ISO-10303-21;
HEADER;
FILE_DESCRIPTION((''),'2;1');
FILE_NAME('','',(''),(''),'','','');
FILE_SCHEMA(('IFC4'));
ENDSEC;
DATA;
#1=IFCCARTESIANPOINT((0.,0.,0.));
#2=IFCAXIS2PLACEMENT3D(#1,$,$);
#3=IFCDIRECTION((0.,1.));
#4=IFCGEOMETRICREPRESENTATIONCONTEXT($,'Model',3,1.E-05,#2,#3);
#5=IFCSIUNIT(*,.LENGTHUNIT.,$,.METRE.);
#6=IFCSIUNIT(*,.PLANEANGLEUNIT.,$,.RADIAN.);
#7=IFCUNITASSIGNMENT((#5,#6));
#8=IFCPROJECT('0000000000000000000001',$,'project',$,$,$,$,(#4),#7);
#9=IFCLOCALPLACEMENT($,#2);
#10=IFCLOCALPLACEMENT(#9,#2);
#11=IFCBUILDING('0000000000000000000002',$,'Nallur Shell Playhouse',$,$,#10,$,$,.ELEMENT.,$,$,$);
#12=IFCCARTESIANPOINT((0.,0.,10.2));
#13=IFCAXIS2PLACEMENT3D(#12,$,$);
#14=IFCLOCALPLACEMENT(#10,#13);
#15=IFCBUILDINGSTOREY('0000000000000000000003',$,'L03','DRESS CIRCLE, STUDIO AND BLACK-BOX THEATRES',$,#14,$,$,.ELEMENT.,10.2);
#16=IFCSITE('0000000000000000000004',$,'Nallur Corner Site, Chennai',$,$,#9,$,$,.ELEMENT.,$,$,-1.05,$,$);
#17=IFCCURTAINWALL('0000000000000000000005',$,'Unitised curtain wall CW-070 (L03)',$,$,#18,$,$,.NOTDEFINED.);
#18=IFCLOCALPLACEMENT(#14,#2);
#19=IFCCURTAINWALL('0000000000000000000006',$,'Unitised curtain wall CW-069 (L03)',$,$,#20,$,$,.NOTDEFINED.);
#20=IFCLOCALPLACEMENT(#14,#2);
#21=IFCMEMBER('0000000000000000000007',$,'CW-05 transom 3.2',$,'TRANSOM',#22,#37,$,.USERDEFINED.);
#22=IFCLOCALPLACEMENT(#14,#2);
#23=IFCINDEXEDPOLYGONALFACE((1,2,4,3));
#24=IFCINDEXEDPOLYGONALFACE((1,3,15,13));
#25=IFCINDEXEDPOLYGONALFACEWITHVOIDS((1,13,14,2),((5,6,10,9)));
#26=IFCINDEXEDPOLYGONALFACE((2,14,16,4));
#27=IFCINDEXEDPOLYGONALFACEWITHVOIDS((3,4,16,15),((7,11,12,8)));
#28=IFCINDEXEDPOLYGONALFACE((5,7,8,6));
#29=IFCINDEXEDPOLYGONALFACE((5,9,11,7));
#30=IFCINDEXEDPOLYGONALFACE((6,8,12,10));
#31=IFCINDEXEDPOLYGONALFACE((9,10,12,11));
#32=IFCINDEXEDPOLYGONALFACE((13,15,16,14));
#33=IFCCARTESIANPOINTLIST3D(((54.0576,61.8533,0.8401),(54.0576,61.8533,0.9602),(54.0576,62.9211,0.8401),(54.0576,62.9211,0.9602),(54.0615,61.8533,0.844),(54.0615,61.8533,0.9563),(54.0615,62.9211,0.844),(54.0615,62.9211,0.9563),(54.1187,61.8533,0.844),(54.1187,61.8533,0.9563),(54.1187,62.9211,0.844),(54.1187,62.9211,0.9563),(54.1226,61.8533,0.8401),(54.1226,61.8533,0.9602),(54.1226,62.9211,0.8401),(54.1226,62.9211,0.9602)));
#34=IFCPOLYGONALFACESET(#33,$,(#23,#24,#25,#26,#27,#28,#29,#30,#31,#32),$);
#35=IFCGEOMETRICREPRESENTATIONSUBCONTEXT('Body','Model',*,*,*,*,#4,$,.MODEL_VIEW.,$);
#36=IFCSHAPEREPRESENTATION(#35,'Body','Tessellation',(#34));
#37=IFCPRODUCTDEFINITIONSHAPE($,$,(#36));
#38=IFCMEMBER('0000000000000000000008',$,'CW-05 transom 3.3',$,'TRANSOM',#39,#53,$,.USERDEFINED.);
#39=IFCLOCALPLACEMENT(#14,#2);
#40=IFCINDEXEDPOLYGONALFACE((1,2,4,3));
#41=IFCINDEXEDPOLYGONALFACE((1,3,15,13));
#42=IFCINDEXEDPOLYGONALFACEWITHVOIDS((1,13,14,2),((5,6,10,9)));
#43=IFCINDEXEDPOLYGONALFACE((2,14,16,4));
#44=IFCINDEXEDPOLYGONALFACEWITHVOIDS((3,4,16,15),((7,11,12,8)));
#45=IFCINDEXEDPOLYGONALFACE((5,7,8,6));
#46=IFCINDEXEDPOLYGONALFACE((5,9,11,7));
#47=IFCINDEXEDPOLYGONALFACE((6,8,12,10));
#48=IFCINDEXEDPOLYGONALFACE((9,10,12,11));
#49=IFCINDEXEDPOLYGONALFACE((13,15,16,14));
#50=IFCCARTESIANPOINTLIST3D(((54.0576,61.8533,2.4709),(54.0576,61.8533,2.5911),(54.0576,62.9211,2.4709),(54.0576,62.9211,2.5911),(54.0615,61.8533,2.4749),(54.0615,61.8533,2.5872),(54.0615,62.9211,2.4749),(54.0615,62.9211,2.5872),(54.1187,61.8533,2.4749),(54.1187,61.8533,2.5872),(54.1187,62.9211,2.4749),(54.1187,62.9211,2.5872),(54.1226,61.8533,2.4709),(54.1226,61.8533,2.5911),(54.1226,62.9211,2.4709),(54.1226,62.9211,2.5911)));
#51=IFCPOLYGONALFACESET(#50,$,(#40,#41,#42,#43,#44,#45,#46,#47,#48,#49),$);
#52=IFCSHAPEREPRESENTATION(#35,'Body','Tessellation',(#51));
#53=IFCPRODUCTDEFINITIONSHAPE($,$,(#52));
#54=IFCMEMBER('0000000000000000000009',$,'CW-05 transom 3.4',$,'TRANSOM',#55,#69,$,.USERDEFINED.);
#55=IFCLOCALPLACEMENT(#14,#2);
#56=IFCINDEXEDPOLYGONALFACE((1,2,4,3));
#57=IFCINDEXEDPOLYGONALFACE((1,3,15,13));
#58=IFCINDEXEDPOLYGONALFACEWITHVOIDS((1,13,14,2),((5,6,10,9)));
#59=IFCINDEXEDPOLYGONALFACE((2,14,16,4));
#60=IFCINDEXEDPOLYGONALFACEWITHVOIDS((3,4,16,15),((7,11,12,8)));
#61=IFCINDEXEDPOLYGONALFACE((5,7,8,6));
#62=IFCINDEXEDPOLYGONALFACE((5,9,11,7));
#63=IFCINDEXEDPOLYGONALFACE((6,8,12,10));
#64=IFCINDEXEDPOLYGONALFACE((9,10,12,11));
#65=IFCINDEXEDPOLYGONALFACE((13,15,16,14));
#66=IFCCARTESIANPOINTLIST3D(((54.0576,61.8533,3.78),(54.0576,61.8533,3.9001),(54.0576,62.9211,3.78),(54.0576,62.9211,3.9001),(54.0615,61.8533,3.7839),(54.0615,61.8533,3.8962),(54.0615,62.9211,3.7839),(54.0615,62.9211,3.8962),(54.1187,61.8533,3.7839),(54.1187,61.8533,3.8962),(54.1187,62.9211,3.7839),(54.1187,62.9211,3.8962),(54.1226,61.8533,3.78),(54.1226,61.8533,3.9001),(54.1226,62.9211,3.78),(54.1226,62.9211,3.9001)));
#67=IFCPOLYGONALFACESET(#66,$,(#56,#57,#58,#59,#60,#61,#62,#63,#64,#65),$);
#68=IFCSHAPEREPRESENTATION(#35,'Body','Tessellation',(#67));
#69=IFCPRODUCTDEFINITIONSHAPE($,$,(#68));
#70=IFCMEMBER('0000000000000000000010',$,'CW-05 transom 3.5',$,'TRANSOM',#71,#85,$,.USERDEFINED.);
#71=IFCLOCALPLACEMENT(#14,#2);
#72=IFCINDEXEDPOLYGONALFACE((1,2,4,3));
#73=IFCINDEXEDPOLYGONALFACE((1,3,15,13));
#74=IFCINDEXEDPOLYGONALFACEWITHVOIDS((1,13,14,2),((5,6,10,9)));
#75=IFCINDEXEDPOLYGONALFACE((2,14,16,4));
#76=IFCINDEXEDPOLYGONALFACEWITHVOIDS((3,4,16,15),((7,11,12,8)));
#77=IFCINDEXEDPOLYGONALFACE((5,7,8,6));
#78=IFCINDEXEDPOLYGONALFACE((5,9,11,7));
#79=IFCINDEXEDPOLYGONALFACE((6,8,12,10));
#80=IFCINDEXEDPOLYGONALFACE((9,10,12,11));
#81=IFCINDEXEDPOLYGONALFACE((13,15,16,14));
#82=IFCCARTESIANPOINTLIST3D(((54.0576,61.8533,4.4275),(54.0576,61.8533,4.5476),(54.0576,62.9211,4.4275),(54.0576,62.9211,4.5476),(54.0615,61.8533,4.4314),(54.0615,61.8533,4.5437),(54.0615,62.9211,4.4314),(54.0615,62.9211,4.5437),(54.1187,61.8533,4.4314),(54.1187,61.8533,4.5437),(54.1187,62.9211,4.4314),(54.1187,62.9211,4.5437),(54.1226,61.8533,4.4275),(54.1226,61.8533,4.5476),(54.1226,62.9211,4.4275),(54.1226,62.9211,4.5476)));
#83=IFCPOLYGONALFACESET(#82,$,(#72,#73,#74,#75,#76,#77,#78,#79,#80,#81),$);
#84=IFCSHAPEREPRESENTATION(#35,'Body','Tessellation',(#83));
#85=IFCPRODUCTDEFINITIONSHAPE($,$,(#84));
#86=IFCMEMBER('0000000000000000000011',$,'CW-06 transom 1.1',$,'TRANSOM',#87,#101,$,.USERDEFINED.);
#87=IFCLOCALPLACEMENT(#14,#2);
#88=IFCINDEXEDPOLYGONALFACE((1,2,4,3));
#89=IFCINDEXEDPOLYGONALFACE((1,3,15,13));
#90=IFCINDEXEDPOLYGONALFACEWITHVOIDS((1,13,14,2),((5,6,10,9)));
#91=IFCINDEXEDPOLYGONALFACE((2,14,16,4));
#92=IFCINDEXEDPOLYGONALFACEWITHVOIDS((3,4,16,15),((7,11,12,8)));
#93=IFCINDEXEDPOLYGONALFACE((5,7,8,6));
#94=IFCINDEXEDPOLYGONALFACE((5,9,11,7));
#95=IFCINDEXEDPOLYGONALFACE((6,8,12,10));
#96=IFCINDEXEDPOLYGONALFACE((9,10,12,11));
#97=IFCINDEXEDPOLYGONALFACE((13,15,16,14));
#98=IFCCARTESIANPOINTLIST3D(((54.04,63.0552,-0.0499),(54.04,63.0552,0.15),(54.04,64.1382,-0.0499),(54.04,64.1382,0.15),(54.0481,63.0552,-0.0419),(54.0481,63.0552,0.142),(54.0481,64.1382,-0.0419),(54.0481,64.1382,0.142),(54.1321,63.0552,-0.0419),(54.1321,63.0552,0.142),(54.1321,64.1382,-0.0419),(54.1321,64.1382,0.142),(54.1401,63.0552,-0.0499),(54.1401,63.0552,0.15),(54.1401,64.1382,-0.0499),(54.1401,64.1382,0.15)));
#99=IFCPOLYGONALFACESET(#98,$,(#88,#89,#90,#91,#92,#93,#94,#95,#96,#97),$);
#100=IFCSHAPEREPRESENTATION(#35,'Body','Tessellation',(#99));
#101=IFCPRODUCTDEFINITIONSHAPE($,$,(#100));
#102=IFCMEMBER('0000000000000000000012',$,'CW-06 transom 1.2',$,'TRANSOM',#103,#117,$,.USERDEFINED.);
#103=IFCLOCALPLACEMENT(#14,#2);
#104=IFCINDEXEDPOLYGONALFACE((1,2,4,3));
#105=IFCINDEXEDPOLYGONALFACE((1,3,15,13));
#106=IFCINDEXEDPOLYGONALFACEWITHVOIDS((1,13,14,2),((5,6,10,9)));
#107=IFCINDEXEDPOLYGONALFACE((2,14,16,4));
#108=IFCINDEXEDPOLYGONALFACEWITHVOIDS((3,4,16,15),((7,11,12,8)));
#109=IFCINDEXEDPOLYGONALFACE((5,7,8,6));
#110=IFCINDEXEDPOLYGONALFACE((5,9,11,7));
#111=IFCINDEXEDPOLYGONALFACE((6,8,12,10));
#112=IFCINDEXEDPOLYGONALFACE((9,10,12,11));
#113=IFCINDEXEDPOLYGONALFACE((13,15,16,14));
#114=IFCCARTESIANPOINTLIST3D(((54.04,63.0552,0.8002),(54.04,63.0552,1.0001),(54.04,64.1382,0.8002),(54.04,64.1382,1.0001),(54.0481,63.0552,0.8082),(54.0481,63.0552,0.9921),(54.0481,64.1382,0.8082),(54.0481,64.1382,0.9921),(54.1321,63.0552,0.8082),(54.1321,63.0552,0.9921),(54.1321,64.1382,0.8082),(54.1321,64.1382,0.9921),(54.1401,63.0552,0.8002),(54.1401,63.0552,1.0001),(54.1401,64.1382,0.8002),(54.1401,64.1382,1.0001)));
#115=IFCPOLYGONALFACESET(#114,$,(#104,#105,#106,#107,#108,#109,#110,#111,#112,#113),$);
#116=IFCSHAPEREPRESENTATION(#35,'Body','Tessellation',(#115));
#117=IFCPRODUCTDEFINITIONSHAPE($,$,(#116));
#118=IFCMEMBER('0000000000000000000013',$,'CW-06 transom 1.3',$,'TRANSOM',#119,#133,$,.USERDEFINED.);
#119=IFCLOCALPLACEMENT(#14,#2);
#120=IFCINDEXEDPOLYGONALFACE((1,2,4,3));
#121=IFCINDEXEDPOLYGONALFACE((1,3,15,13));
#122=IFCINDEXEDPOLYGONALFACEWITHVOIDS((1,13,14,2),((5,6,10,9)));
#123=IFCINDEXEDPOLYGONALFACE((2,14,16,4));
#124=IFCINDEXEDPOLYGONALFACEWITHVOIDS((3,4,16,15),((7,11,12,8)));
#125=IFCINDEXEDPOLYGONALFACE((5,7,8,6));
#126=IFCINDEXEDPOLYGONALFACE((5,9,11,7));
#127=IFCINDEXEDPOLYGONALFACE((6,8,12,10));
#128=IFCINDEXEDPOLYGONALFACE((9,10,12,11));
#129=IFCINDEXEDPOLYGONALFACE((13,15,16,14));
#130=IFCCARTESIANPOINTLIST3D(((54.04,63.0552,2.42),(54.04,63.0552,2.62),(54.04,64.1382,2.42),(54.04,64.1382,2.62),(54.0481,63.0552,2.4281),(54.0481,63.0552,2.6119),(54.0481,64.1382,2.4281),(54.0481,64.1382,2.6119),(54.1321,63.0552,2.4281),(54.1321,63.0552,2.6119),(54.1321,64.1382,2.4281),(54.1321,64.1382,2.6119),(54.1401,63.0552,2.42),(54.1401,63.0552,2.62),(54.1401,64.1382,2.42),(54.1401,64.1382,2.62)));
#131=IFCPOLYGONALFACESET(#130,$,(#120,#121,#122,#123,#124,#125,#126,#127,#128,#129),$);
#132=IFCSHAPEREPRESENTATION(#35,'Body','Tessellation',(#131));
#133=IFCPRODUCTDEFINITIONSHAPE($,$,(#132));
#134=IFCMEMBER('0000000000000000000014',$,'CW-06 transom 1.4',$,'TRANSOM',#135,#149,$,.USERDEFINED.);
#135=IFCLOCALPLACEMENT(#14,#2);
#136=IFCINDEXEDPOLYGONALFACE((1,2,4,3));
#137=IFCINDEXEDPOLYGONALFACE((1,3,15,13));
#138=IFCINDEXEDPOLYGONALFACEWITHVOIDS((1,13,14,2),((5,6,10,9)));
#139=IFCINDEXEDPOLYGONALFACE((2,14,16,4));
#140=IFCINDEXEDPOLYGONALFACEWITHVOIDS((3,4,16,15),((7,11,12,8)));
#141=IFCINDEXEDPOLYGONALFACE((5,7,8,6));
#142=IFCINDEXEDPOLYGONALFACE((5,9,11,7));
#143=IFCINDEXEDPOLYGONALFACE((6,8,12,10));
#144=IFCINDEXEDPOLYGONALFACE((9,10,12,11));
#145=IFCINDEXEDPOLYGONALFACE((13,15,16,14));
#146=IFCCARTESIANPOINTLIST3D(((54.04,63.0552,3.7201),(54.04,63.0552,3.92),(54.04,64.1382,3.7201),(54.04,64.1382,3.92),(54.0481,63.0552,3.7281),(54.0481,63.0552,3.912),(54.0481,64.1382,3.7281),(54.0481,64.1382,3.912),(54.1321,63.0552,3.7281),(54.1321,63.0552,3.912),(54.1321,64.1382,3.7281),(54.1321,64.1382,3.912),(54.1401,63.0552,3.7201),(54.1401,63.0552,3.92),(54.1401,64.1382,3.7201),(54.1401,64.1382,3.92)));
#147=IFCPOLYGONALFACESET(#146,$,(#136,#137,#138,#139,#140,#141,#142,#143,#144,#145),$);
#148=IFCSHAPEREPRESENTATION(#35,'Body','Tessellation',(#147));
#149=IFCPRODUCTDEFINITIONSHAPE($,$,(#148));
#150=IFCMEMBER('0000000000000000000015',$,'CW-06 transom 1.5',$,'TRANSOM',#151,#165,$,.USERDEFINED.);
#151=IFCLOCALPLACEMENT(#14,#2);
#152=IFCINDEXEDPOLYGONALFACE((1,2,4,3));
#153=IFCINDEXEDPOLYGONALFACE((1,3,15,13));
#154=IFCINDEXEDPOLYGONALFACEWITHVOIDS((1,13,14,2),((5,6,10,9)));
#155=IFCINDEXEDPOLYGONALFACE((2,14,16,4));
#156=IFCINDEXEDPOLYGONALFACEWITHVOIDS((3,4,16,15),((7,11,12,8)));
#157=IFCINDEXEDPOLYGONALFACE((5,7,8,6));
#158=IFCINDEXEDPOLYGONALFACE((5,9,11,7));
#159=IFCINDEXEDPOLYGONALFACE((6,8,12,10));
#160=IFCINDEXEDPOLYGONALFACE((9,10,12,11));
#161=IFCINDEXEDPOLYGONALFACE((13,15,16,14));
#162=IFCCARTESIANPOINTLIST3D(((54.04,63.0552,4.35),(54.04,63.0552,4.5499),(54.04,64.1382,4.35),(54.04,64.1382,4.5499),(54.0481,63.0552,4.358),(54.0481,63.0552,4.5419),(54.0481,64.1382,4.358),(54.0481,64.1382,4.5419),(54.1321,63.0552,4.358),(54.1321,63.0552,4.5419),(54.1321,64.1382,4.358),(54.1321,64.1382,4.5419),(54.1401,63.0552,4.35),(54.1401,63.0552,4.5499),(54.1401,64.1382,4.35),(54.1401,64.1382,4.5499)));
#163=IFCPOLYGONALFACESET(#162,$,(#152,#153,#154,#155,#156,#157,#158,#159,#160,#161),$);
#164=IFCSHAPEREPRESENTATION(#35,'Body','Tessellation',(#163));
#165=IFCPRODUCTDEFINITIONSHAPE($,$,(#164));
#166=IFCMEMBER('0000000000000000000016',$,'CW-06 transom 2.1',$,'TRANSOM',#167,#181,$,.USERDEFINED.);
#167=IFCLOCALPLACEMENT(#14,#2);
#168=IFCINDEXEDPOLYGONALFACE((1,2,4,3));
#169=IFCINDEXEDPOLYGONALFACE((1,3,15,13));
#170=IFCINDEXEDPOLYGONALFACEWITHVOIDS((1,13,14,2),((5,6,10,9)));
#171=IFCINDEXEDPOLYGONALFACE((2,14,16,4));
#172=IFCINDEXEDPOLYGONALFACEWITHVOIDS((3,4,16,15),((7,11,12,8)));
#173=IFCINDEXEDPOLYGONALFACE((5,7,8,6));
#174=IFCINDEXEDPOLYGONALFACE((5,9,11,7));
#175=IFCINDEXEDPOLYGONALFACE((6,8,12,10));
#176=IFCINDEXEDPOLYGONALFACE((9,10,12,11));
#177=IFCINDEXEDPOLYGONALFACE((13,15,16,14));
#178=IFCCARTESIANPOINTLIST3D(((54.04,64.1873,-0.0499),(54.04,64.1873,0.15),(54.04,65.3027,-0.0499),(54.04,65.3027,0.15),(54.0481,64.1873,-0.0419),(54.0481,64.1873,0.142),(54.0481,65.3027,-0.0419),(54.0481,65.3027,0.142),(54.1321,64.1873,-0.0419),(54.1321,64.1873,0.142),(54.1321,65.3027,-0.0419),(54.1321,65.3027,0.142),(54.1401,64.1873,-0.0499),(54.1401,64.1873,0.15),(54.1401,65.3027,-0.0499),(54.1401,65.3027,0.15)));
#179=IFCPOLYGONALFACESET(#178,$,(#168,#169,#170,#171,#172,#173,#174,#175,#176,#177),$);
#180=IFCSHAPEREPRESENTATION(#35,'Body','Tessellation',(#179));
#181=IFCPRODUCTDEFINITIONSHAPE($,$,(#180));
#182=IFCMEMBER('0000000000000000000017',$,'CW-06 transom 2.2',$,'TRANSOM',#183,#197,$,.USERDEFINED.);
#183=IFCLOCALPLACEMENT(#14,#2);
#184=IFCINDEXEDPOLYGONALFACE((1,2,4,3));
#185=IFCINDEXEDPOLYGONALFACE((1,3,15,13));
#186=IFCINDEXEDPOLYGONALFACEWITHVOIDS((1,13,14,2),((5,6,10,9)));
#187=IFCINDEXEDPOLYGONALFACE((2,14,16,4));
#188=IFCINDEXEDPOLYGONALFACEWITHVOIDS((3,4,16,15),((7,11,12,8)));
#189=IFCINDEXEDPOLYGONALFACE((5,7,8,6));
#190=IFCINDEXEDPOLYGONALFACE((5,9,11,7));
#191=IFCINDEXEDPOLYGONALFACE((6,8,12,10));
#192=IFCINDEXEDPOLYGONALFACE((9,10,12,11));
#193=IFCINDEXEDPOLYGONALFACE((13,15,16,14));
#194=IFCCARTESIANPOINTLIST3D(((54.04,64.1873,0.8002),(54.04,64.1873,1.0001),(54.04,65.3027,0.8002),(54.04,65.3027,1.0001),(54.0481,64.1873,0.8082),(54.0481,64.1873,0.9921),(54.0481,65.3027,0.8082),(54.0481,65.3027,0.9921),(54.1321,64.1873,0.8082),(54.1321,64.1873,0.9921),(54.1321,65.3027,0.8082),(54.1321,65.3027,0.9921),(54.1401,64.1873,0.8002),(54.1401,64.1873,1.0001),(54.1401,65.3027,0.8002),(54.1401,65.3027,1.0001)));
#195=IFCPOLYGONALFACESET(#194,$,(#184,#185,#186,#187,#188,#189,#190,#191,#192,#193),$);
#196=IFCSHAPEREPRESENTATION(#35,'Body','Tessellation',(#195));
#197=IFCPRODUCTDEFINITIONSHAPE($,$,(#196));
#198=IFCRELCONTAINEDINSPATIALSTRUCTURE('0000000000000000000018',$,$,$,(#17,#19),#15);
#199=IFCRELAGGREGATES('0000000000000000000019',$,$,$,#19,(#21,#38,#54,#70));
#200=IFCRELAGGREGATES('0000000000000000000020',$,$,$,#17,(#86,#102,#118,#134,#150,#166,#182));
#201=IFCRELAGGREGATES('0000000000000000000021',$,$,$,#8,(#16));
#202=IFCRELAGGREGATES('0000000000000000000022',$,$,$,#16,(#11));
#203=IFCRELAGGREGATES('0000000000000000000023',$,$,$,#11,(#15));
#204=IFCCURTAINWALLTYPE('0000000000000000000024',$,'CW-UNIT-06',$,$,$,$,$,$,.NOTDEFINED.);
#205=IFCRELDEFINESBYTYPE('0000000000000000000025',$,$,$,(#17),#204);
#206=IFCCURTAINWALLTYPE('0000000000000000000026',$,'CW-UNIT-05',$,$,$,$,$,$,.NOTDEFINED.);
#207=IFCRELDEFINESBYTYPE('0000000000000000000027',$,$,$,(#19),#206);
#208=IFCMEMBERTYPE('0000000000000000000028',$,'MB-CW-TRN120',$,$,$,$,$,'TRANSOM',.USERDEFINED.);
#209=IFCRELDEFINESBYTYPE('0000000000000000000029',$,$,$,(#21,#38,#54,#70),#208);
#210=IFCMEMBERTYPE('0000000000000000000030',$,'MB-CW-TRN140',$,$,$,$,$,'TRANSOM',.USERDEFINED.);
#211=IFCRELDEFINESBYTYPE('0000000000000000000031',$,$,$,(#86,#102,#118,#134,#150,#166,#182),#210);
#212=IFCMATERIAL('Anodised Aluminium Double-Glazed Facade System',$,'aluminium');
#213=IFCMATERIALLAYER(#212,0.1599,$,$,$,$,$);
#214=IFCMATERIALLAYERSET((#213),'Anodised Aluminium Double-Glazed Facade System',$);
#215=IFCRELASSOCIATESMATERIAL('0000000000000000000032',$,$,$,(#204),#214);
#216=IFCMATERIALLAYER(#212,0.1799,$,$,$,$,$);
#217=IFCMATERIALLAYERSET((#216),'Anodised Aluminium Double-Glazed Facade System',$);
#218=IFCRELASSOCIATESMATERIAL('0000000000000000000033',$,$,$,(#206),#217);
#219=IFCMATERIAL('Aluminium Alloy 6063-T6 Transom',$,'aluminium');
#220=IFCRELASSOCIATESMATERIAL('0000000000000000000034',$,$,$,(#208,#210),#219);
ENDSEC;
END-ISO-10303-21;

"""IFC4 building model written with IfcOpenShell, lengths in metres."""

from ifc_helpers import new_model, si_unit, direction, frame, origin, origin_2d, place, context, subcontext, project, spatial, hollow_rectangle, extrude, material, layer, layer_set, material_profile, profile_set, type_object, element, aggregate, save


model = new_model("IFC4")

# Units and contexts
model_context = context("Model", 3, precision=1e-05, world=origin(), true_north=direction((0.0, 1.0)))
body_context = subcontext(model_context, "Body", "Model", "MODEL_VIEW")
ifc_project = project(units=[si_unit("LENGTHUNIT", "METRE"), si_unit("PLANEANGLEUNIT", "RADIAN")], contexts=[model_context])

# Site, building, storey
site_placement = place(None, origin())
site = spatial("IfcSite", under=ifc_project, at=site_placement, Name="Nallur Corner Site, Chennai", CompositionType="ELEMENT", RefElevation=-1.05)
building_placement = place(site_placement, origin())
building = spatial("IfcBuilding", under=site, at=building_placement, Name="Nallur Shell Playhouse", CompositionType="ELEMENT")
storey_placement = place(building_placement, frame((0.0, 0.0, 10.2)))
storey = spatial("IfcBuildingStorey", under=building, at=storey_placement, Name="L03", Description="DRESS CIRCLE, STUDIO AND BLACK-BOX THEATRES", CompositionType="ELEMENT", Elevation=10.2)

# Curtain walls, members
ifc_material_1 = material(Name="Anodised Aluminium Double-Glazed Facade System", Category="aluminium")
ifc_layer_1 = layer(ifc_material_1, 0.1599)
ifc_layer_set_1 = layer_set([ifc_layer_1], Name="Anodised Aluminium Double-Glazed Facade System")
curtain_wall_type_1 = type_object("IfcCurtainWallType", Name="CW-UNIT-06", PredefinedType="NOTDEFINED", material=ifc_layer_set_1)
curtain_wall_1_placement = place(storey_placement, origin())
curtain_wall_1 = element("IfcCurtainWall", 1, at=curtain_wall_1_placement, inside=storey, type_object=curtain_wall_type_1, Name="Unitised curtain wall CW-070 (L03)", PredefinedType="NOTDEFINED")
ifc_layer_2 = layer(ifc_material_1, 0.1799)
ifc_layer_set_2 = layer_set([ifc_layer_2], Name="Anodised Aluminium Double-Glazed Facade System")
curtain_wall_type_2 = type_object("IfcCurtainWallType", Name="CW-UNIT-05", PredefinedType="NOTDEFINED", material=ifc_layer_set_2)
curtain_wall_2_placement = place(storey_placement, origin())
curtain_wall_2 = element("IfcCurtainWall", 2, at=curtain_wall_2_placement, inside=storey, type_object=curtain_wall_type_2, Name="Unitised curtain wall CW-069 (L03)", PredefinedType="NOTDEFINED")
ifc_material_2 = material(Name="Aluminium Alloy 6063-T6 Transom", Category="aluminium")
ifc_material_profile_1 = material_profile(ifc_material_2, hollow_rectangle(XDim=0.0649, YDim=0.1201, WallThickness=0.0039, at=origin_2d()), Name="ALU 65x120x4")
ifc_profile_set_1 = profile_set([ifc_material_profile_1], Name="Aluminium Alloy 6063-T6 Transom")
member_type_1 = type_object("IfcMemberType", Name="MB-CW-TRN120", ElementType="TRANSOM", PredefinedType="USERDEFINED", material=ifc_profile_set_1)
member_1_placement = place(storey_placement, frame((54.0901, 61.8533, 0.9001), z_axis=(0.0, 1.0, 0.0), x_axis=(-1.0, 0.0, 0.0)))
member_1 = element("IfcMember", 3, at=member_1_placement, type_object=member_type_1, Name="CW-05 transom 3.2", ObjectType="TRANSOM", PredefinedType="USERDEFINED", context=body_context, shape_type="SweptSolid", body=[
    extrude(hollow_rectangle(XDim=0.0649, YDim=0.1201, WallThickness=0.0039, at=origin_2d()), origin(), (0.0, 0.0, 1.0), 1.0679),
])
member_2_placement = place(storey_placement, frame((54.0901, 61.8533, 2.531), z_axis=(0.0, 1.0, 0.0), x_axis=(-1.0, 0.0, 0.0)))
member_2 = element("IfcMember", 4, at=member_2_placement, type_object=member_type_1, Name="CW-05 transom 3.3", ObjectType="TRANSOM", PredefinedType="USERDEFINED", context=body_context, shape_type="SweptSolid", body=[
    extrude(hollow_rectangle(XDim=0.0649, YDim=0.1201, WallThickness=0.0039, at=origin_2d()), origin(), (0.0, 0.0, 1.0), 1.0679),
])
member_3_placement = place(storey_placement, frame((54.0901, 61.8533, 3.8401), z_axis=(0.0, 1.0, 0.0), x_axis=(-1.0, 0.0, 0.0)))
member_3 = element("IfcMember", 5, at=member_3_placement, type_object=member_type_1, Name="CW-05 transom 3.4", ObjectType="TRANSOM", PredefinedType="USERDEFINED", context=body_context, shape_type="SweptSolid", body=[
    extrude(hollow_rectangle(XDim=0.0649, YDim=0.1201, WallThickness=0.0039, at=origin_2d()), origin(), (0.0, 0.0, 1.0), 1.0679),
])
member_4_placement = place(storey_placement, frame((54.0901, 61.8533, 4.4875), z_axis=(0.0, 1.0, 0.0), x_axis=(-1.0, 0.0, 0.0)))
member_4 = element("IfcMember", 6, at=member_4_placement, type_object=member_type_1, Name="CW-05 transom 3.5", ObjectType="TRANSOM", PredefinedType="USERDEFINED", context=body_context, shape_type="SweptSolid", body=[
    extrude(hollow_rectangle(XDim=0.0649, YDim=0.1201, WallThickness=0.0039, at=origin_2d()), origin(), (0.0, 0.0, 1.0), 1.0679),
])

# Members
ifc_material_profile_2 = material_profile(ifc_material_2, hollow_rectangle(XDim=0.1001, YDim=0.2, WallThickness=0.0081, at=origin_2d()), Name="RHS 200x100x8")
ifc_profile_set_2 = profile_set([ifc_material_profile_2], Name="Aluminium Alloy 6063-T6 Transom")
member_type_2 = type_object("IfcMemberType", Name="MB-CW-TRN140", ElementType="TRANSOM", PredefinedType="USERDEFINED", material=ifc_profile_set_2)
member_5_placement = place(storey_placement, frame((54.0901, 63.0552, 0.05), z_axis=(0.0, 1.0, 0.0), x_axis=(-1.0, 0.0, 0.0)))
member_5 = element("IfcMember", 7, at=member_5_placement, type_object=member_type_2, Name="CW-06 transom 1.1", ObjectType="TRANSOM", PredefinedType="USERDEFINED", context=body_context, shape_type="SweptSolid", body=[
    extrude(hollow_rectangle(XDim=0.1001, YDim=0.2, WallThickness=0.0081, at=origin_2d()), origin(), (0.0, 0.0, 1.0), 1.083),
])
member_6_placement = place(storey_placement, frame((54.0901, 63.0552, 0.9001), z_axis=(0.0, 1.0, 0.0), x_axis=(-1.0, 0.0, 0.0)))
member_6 = element("IfcMember", 8, at=member_6_placement, type_object=member_type_2, Name="CW-06 transom 1.2", ObjectType="TRANSOM", PredefinedType="USERDEFINED", context=body_context, shape_type="SweptSolid", body=[
    extrude(hollow_rectangle(XDim=0.1001, YDim=0.2, WallThickness=0.0081, at=origin_2d()), origin(), (0.0, 0.0, 1.0), 1.083),
])
member_7_placement = place(storey_placement, frame((54.0901, 63.0552, 2.52), z_axis=(0.0, 1.0, 0.0), x_axis=(-1.0, 0.0, 0.0)))
member_7 = element("IfcMember", 9, at=member_7_placement, type_object=member_type_2, Name="CW-06 transom 1.3", ObjectType="TRANSOM", PredefinedType="USERDEFINED", context=body_context, shape_type="SweptSolid", body=[
    extrude(hollow_rectangle(XDim=0.1001, YDim=0.2, WallThickness=0.0081, at=origin_2d()), origin(), (0.0, 0.0, 1.0), 1.083),
])
member_8_placement = place(storey_placement, frame((54.0901, 63.0552, 3.8201), z_axis=(0.0, 1.0, 0.0), x_axis=(-1.0, 0.0, 0.0)))
member_8 = element("IfcMember", 10, at=member_8_placement, type_object=member_type_2, Name="CW-06 transom 1.4", ObjectType="TRANSOM", PredefinedType="USERDEFINED", context=body_context, shape_type="SweptSolid", body=[
    extrude(hollow_rectangle(XDim=0.1001, YDim=0.2, WallThickness=0.0081, at=origin_2d()), origin(), (0.0, 0.0, 1.0), 1.083),
])
member_9_placement = place(storey_placement, frame((54.0901, 63.0552, 4.45), z_axis=(0.0, 1.0, 0.0), x_axis=(-1.0, 0.0, 0.0)))
member_9 = element("IfcMember", 11, at=member_9_placement, type_object=member_type_2, Name="CW-06 transom 1.5", ObjectType="TRANSOM", PredefinedType="USERDEFINED", context=body_context, shape_type="SweptSolid", body=[
    extrude(hollow_rectangle(XDim=0.1001, YDim=0.2, WallThickness=0.0081, at=origin_2d()), origin(), (0.0, 0.0, 1.0), 1.083),
])
member_10_placement = place(storey_placement, frame((54.0901, 64.1873, 0.05), z_axis=(0.0, 1.0, 0.0), x_axis=(-1.0, 0.0, 0.0)))
member_10 = element("IfcMember", 12, at=member_10_placement, type_object=member_type_2, Name="CW-06 transom 2.1", ObjectType="TRANSOM", PredefinedType="USERDEFINED", context=body_context, shape_type="SweptSolid", body=[
    extrude(hollow_rectangle(XDim=0.1001, YDim=0.2, WallThickness=0.0081, at=origin_2d()), origin(), (0.0, 0.0, 1.0), 1.1155),
])
member_11_placement = place(storey_placement, frame((54.0901, 64.1873, 0.9001), z_axis=(0.0, 1.0, 0.0), x_axis=(-1.0, 0.0, 0.0)))
member_11 = element("IfcMember", 13, at=member_11_placement, type_object=member_type_2, Name="CW-06 transom 2.2", ObjectType="TRANSOM", PredefinedType="USERDEFINED", context=body_context, shape_type="SweptSolid", body=[
    extrude(hollow_rectangle(XDim=0.1001, YDim=0.2, WallThickness=0.0081, at=origin_2d()), origin(), (0.0, 0.0, 1.0), 1.1155),
])

aggregate(curtain_wall_2, [member_1, member_2, member_3, member_4])
aggregate(curtain_wall_1, [member_5, member_6, member_7, member_8, member_9, member_10, member_11])

save(model, "model.ifc")
